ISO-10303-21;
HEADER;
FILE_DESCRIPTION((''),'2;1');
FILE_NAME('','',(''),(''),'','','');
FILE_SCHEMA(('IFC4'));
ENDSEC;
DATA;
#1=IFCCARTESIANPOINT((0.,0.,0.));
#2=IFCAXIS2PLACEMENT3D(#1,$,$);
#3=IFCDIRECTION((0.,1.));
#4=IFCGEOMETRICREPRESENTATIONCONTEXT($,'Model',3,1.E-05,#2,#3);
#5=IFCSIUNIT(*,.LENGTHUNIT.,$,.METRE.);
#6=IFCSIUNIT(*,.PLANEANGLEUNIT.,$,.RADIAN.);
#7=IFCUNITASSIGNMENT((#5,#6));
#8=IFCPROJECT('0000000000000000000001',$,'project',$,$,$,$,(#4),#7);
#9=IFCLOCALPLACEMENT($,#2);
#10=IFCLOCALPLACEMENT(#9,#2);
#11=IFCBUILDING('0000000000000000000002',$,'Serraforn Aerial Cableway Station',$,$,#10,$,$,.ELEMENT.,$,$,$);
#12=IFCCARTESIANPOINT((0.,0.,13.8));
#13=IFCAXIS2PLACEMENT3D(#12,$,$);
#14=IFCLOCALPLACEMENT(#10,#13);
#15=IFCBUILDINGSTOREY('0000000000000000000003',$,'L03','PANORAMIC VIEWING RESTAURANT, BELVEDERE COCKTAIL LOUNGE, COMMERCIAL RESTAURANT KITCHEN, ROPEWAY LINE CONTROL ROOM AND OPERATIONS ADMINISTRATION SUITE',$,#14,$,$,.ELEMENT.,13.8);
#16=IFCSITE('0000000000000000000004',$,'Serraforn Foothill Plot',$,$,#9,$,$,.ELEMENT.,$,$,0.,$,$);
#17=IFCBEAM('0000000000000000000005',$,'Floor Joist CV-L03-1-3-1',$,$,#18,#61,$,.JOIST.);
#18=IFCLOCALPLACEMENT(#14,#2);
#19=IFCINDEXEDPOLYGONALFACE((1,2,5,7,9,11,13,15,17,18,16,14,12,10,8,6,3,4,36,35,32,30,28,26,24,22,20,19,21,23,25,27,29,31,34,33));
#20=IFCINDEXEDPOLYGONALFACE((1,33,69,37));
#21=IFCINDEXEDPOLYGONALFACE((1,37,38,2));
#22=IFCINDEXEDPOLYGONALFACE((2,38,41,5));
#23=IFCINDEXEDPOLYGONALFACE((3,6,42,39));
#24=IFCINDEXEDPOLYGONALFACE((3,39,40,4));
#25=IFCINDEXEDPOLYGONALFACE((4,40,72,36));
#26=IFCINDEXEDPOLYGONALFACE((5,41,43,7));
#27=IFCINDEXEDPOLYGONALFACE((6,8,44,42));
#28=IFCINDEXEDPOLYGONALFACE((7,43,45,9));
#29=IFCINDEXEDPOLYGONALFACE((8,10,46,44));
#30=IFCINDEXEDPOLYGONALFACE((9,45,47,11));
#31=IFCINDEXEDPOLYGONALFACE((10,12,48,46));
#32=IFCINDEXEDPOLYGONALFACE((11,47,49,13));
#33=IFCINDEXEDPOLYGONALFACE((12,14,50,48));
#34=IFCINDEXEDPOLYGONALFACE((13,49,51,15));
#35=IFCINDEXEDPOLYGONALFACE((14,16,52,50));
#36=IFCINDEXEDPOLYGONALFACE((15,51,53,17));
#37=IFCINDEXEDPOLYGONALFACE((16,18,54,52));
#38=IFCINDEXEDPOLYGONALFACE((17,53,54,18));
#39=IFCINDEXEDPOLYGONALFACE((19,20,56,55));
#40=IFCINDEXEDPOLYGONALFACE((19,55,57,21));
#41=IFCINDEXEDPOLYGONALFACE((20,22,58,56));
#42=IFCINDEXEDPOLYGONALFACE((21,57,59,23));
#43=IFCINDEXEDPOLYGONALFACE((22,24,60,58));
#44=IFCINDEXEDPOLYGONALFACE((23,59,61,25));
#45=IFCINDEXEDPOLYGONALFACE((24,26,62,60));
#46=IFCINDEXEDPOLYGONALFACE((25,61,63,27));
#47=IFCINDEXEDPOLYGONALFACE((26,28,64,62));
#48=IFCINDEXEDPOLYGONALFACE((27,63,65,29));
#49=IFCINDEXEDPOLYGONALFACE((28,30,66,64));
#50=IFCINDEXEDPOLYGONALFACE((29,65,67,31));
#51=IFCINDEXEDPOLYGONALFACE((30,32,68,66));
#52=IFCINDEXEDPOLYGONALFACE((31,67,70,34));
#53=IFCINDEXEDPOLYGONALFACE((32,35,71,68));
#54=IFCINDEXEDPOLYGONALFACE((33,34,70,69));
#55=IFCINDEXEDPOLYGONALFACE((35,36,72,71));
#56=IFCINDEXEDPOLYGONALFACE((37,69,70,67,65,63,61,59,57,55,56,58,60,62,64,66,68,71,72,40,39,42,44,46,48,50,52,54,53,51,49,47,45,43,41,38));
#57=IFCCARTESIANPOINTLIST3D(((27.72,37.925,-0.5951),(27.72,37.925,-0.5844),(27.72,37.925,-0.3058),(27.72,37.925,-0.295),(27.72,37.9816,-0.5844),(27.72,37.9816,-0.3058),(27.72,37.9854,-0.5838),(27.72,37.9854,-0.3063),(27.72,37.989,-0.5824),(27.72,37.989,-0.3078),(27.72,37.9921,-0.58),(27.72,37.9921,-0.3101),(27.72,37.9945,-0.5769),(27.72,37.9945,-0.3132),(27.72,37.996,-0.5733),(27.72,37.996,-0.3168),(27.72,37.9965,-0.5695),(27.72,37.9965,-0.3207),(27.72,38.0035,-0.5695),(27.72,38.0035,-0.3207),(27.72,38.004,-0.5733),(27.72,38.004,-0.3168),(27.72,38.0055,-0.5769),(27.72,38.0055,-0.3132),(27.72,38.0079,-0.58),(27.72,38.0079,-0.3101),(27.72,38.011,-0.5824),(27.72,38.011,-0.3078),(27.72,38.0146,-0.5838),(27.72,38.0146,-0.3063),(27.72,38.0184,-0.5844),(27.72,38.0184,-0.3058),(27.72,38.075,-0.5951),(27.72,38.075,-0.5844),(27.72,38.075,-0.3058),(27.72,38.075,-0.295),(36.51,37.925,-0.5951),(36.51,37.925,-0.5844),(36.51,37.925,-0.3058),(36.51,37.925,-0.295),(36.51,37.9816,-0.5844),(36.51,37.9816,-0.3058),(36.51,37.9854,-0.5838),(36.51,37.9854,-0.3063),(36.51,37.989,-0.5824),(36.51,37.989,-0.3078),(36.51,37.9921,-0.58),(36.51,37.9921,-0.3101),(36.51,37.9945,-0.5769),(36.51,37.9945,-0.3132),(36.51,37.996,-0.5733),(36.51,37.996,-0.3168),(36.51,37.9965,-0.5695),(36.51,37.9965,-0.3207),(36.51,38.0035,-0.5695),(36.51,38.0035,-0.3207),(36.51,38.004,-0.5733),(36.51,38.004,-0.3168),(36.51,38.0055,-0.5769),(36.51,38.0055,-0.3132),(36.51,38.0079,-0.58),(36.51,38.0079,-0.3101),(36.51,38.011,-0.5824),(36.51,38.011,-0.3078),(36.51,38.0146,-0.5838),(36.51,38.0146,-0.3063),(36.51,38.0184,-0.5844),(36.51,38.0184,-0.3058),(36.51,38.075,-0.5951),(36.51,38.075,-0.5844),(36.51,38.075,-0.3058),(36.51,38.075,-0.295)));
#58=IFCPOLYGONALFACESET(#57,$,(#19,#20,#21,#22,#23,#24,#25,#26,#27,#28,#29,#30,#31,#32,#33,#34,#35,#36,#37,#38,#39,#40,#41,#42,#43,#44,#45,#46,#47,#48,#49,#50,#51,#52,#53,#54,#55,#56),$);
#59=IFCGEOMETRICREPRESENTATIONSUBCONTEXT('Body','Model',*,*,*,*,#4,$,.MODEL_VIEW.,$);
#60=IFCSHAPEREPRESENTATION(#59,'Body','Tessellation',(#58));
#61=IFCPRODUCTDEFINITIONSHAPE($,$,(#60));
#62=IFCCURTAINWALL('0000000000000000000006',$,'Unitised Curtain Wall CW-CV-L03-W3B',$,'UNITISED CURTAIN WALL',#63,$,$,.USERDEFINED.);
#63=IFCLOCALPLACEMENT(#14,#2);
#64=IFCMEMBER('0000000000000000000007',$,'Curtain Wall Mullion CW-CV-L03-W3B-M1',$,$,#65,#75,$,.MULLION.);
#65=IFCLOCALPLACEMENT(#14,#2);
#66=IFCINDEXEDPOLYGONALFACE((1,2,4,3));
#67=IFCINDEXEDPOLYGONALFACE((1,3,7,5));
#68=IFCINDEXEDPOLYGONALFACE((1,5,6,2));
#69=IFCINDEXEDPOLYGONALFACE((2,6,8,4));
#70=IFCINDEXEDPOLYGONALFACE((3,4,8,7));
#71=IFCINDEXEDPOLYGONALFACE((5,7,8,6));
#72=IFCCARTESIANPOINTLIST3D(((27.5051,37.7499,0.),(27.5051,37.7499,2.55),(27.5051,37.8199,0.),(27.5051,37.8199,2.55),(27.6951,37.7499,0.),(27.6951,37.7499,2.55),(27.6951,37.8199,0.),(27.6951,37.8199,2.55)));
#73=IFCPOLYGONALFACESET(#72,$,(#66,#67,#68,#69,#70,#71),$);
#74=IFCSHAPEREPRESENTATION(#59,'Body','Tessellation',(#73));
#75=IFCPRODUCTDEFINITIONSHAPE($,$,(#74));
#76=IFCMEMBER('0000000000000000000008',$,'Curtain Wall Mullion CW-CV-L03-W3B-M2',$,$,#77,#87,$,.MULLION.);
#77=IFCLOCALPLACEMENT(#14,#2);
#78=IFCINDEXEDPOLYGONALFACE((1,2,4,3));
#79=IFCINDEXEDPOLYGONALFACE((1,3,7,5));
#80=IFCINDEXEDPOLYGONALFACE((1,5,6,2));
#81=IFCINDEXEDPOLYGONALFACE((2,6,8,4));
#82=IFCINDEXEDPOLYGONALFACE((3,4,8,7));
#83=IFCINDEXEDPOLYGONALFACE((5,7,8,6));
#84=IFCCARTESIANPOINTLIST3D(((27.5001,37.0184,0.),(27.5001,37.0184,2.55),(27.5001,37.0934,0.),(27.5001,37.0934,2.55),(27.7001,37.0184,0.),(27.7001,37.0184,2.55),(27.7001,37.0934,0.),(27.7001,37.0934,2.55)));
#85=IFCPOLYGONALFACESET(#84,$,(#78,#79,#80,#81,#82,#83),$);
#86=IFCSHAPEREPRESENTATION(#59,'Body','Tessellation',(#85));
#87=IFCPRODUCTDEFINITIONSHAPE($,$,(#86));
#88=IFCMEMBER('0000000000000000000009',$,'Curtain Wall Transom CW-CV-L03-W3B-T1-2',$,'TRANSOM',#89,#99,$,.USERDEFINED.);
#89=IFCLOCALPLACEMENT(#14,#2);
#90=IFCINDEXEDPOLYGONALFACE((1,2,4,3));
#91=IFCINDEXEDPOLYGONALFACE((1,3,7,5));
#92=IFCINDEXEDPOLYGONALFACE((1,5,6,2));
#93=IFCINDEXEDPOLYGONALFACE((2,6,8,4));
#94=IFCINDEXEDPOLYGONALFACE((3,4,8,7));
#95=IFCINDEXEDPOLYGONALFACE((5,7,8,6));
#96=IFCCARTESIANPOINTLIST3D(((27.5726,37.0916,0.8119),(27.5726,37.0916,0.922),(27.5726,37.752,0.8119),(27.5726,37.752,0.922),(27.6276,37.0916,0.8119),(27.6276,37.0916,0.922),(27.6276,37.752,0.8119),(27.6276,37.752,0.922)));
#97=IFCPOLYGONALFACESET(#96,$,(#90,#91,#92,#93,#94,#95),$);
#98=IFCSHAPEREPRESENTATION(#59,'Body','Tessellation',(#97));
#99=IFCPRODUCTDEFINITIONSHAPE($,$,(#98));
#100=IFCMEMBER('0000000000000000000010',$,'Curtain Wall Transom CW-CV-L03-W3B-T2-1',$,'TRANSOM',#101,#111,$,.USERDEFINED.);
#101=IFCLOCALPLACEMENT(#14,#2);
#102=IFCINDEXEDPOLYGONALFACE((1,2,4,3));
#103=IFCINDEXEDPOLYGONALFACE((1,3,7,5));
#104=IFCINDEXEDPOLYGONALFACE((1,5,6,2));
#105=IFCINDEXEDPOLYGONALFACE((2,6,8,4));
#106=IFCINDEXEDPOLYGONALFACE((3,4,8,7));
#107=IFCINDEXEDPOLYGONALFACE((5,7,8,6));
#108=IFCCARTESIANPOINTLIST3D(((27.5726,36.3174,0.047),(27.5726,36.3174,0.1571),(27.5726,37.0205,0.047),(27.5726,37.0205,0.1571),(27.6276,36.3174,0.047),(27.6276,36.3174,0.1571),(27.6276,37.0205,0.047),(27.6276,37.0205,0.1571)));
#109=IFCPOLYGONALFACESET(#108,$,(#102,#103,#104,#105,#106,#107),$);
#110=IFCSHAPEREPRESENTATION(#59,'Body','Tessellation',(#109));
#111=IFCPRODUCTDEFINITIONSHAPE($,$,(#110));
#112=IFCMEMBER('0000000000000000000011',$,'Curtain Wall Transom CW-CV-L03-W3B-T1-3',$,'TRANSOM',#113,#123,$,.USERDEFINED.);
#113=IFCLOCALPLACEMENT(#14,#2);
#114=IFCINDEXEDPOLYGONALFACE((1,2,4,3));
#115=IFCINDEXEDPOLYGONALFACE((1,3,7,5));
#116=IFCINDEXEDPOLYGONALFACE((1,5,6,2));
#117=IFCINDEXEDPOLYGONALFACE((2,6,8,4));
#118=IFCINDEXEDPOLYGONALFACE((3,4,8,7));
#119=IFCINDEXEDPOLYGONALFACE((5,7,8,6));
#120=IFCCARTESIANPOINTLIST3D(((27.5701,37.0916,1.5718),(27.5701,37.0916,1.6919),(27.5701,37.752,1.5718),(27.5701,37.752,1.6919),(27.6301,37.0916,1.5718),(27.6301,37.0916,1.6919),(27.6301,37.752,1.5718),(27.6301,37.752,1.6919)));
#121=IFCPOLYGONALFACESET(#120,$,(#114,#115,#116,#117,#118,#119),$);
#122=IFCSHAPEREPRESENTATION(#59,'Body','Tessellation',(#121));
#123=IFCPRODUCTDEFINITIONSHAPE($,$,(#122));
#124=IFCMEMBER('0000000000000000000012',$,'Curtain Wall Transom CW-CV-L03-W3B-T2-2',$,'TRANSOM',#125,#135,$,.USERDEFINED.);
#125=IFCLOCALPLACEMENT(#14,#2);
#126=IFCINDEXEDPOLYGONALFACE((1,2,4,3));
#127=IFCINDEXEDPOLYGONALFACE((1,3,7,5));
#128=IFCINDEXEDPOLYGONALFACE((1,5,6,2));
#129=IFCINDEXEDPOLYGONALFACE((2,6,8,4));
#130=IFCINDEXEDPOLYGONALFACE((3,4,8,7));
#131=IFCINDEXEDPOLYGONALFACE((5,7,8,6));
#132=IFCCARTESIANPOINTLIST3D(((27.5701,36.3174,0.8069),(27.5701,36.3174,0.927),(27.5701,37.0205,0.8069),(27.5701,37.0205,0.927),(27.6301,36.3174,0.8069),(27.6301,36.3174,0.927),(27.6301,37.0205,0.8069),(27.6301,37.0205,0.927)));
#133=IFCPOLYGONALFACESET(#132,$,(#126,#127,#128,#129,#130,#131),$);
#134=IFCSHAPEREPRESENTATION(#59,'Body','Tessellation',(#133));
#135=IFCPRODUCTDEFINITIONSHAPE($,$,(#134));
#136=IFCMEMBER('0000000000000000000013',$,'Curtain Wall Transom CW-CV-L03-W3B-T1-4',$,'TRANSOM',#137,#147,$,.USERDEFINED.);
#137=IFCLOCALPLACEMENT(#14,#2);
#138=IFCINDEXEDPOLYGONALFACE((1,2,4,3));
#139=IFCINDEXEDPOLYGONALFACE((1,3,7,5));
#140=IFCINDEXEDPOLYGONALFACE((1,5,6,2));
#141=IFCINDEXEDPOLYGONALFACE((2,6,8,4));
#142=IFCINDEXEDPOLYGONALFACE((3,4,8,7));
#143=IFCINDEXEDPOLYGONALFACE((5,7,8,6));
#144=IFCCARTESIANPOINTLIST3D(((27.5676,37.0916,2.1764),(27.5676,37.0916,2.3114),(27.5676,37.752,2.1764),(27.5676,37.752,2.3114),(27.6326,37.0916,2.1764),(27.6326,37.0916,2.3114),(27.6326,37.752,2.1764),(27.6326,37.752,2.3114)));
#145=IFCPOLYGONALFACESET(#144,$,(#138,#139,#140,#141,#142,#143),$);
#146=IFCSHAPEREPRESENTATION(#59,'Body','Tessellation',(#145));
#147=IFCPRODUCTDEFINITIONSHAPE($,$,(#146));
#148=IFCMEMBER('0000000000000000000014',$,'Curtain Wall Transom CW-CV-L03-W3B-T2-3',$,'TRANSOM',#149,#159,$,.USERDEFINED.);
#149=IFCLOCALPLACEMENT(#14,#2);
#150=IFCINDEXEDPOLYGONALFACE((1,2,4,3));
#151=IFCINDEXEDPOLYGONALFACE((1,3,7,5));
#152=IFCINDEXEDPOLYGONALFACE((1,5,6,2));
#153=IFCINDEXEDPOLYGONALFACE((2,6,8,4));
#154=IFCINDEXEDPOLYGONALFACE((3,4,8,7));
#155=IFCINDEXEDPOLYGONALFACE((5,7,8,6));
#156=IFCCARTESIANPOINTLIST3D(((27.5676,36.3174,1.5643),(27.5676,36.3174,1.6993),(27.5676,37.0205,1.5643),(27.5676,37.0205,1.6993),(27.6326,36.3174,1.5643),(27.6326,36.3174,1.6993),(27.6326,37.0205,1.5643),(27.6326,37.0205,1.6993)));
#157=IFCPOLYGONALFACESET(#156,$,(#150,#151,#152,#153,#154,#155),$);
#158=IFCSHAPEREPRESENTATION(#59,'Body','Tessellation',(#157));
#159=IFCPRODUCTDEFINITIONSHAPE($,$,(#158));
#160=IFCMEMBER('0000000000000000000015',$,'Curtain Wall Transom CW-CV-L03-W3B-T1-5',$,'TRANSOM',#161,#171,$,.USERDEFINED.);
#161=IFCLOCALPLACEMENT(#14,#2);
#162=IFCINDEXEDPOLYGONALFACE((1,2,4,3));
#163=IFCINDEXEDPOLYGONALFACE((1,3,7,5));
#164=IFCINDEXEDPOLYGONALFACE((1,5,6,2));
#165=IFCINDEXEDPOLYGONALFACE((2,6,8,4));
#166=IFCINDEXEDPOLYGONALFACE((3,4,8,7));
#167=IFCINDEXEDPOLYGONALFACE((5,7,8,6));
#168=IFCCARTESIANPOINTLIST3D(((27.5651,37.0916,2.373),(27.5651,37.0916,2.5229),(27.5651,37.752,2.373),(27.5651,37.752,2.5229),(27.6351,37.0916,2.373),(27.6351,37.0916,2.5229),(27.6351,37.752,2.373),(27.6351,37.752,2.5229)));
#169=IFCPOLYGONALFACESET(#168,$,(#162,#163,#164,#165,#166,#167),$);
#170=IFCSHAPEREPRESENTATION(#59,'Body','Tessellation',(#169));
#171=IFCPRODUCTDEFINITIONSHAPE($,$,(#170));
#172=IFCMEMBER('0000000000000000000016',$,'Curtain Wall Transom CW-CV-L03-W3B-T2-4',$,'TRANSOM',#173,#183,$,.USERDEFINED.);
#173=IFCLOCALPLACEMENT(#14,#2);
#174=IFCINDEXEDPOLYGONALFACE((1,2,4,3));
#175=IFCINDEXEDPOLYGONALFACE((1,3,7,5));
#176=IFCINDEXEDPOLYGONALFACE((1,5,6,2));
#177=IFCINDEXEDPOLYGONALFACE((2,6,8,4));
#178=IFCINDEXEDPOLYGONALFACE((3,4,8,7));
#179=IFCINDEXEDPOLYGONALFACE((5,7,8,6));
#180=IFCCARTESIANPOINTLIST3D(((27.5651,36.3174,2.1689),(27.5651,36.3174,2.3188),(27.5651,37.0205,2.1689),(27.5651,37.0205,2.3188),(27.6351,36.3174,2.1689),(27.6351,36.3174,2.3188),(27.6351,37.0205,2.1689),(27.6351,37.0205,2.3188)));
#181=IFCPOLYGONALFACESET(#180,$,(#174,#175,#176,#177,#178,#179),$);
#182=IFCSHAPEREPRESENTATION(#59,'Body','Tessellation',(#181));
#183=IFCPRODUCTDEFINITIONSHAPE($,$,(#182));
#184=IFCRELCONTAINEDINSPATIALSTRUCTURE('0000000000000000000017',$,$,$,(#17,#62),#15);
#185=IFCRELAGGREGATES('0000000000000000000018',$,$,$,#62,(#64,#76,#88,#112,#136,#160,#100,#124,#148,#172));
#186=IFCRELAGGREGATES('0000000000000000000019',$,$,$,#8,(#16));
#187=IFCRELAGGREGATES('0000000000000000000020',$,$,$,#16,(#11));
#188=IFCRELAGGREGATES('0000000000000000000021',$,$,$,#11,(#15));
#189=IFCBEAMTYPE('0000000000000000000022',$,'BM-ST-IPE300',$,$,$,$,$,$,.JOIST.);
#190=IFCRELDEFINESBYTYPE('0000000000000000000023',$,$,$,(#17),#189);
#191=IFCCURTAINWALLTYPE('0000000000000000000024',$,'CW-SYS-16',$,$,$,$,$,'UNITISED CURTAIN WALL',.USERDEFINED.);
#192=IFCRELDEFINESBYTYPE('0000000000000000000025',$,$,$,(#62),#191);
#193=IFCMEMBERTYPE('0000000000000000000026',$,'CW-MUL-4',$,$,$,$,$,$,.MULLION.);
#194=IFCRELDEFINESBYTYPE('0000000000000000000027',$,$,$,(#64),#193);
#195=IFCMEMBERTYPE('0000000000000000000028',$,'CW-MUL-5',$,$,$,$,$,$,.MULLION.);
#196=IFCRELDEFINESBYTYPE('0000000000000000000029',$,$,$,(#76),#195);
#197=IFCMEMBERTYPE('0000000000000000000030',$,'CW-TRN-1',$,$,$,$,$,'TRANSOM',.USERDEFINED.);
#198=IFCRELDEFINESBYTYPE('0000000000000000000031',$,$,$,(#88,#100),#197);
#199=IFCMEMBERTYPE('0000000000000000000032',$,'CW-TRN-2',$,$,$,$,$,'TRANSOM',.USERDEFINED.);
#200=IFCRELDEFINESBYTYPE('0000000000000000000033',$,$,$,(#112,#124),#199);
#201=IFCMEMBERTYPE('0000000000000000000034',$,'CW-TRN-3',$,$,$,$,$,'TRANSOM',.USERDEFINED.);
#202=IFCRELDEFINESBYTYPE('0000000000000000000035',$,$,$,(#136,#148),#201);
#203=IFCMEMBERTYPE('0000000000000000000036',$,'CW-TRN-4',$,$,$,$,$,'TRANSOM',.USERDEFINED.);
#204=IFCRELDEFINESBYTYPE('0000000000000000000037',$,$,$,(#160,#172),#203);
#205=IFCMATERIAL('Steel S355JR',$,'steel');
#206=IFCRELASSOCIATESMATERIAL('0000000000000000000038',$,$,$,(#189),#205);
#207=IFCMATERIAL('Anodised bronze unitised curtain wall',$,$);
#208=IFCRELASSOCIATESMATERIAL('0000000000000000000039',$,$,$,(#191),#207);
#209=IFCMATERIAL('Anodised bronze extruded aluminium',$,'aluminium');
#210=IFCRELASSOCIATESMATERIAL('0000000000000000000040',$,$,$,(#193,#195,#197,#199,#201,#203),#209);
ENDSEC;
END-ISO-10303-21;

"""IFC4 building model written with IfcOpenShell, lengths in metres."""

from ifc_helpers import new_model, si_unit, direction, frame, origin, origin_2d, place, context, subcontext, project, spatial, rectangle, i_section, extrude, material, material_profile, profile_set, type_object, element, aggregate, save


model = new_model("IFC4")

# Units and contexts
model_context = context("Model", 3, precision=1e-05, world=origin(), true_north=direction((0.0, 1.0)))
body_context = subcontext(model_context, "Body", "Model", "MODEL_VIEW")
ifc_project = project(units=[si_unit("LENGTHUNIT", "METRE"), si_unit("PLANEANGLEUNIT", "RADIAN")], contexts=[model_context])

# Site, building, storey
site_placement = place(None, origin())
site = spatial("IfcSite", under=ifc_project, at=site_placement, Name="Serraforn Foothill Plot", CompositionType="ELEMENT", RefElevation=0.0)
building_placement = place(site_placement, origin())
building = spatial("IfcBuilding", under=site, at=building_placement, Name="Serraforn Aerial Cableway Station", CompositionType="ELEMENT")
storey_placement = place(building_placement, frame((0.0, 0.0, 13.8)))
storey = spatial("IfcBuildingStorey", under=building, at=storey_placement, Name="L03", Description="PANORAMIC VIEWING RESTAURANT, BELVEDERE COCKTAIL LOUNGE, COMMERCIAL RESTAURANT KITCHEN, ROPEWAY LINE CONTROL ROOM AND OPERATIONS ADMINISTRATION SUITE", CompositionType="ELEMENT", Elevation=13.8)

# Beam
ifc_material_1 = material(Name="Steel S355JR", Category="steel")
ifc_material_profile_1 = material_profile(ifc_material_1, i_section(OverallWidth=0.1499, OverallDepth=0.3, WebThickness=0.0071, FlangeThickness=0.0107, FilletRadius=0.0149, at=origin_2d()), Name="IPE 300")
ifc_profile_set_1 = profile_set([ifc_material_profile_1], Name="Steel S355JR")
beam_type = type_object("IfcBeamType", Name="BM-ST-IPE300", PredefinedType="JOIST", material=ifc_profile_set_1)
beam_placement = place(storey_placement, frame((27.72, 38.0, -0.4451), z_axis=(1.0, 0.0, 0.0), x_axis=(0.0, 1.0, 0.0)))
element("IfcBeam", 1, at=beam_placement, inside=storey, type_object=beam_type, Name="Floor Joist CV-L03-1-3-1", PredefinedType="JOIST", context=body_context, shape_type="SweptSolid", body=[
    extrude(i_section(OverallWidth=0.1499, OverallDepth=0.3, WebThickness=0.0071, FlangeThickness=0.0107, FilletRadius=0.0149, at=origin_2d()), origin(), (0.0, 0.0, 1.0), 8.79),
])

# Curtain wall, members
ifc_material_2 = material(Name="Anodised bronze unitised curtain wall")
curtain_wall_type_1 = type_object("IfcCurtainWallType", Name="CW-SYS-16", ElementType="UNITISED CURTAIN WALL", PredefinedType="USERDEFINED", material=ifc_material_2)
curtain_wall_1_placement = place(storey_placement, origin())
curtain_wall_1 = element("IfcCurtainWall", 2, at=curtain_wall_1_placement, inside=storey, type_object=curtain_wall_type_1, Name="Unitised Curtain Wall CW-CV-L03-W3B", ObjectType="UNITISED CURTAIN WALL", PredefinedType="USERDEFINED")
ifc_material_3 = material(Name="Anodised bronze extruded aluminium", Category="aluminium")
ifc_material_profile_2 = material_profile(ifc_material_3, rectangle(XDim=0.0701, YDim=0.1899, at=origin_2d()), Name="CW MULLION 70x190")
ifc_profile_set_2 = profile_set([ifc_material_profile_2], Name="Anodised bronze extruded aluminium")
member_type_1 = type_object("IfcMemberType", Name="CW-MUL-4", PredefinedType="MULLION", material=ifc_profile_set_2)
member_1_placement = place(storey_placement, frame((27.6001, 37.7849, 0.0), z_axis=(0.0, 0.0, 1.0), x_axis=(0.0, -1.0, 0.0)))
member_1 = element("IfcMember", 3, at=member_1_placement, type_object=member_type_1, Name="Curtain Wall Mullion CW-CV-L03-W3B-M1", PredefinedType="MULLION", context=body_context, shape_type="SweptSolid", body=[
    extrude(rectangle(XDim=0.0701, YDim=0.1899, at=origin_2d()), origin(), (0.0, 0.0, 1.0), 2.55),
])
ifc_material_profile_3 = material_profile(ifc_material_3, rectangle(XDim=0.075, YDim=0.2, at=origin_2d()), Name="CW MULLION 75x200")
ifc_profile_set_3 = profile_set([ifc_material_profile_3], Name="Anodised bronze extruded aluminium")
member_type_2 = type_object("IfcMemberType", Name="CW-MUL-5", PredefinedType="MULLION", material=ifc_profile_set_3)
member_2_placement = place(storey_placement, frame((27.6001, 37.0559, 0.0), z_axis=(0.0, 0.0, 1.0), x_axis=(0.0, -1.0, 0.0)))
member_2 = element("IfcMember", 4, at=member_2_placement, type_object=member_type_2, Name="Curtain Wall Mullion CW-CV-L03-W3B-M2", PredefinedType="MULLION", context=body_context, shape_type="SweptSolid", body=[
    extrude(rectangle(XDim=0.075, YDim=0.2, at=origin_2d()), origin(), (0.0, 0.0, 1.0), 2.55),
])
ifc_material_profile_4 = material_profile(ifc_material_3, rectangle(XDim=0.0549, YDim=0.1101, at=origin_2d()), Name="CW TRANSOM 55x110")
ifc_profile_set_4 = profile_set([ifc_material_profile_4], Name="Anodised bronze extruded aluminium")
member_type_3 = type_object("IfcMemberType", Name="CW-TRN-1", ElementType="TRANSOM", PredefinedType="USERDEFINED", material=ifc_profile_set_4)
member_3_placement = place(storey_placement, frame((27.6001, 37.752, 0.8669), z_axis=(0.0, -1.0, 0.0), x_axis=(1.0, 0.0, 0.0)))
member_3 = element("IfcMember", 5, at=member_3_placement, type_object=member_type_3, Name="Curtain Wall Transom CW-CV-L03-W3B-T1-2", ObjectType="TRANSOM", PredefinedType="USERDEFINED", context=body_context, shape_type="SweptSolid", body=[
    extrude(rectangle(XDim=0.0549, YDim=0.1101, at=origin_2d()), origin(), (0.0, 0.0, 1.0), 0.6604),
])
member_4_placement = place(storey_placement, frame((27.6001, 37.0205, 0.1021), z_axis=(0.0, -1.0, 0.0), x_axis=(1.0, 0.0, 0.0)))
member_4 = element("IfcMember", 6, at=member_4_placement, type_object=member_type_3, Name="Curtain Wall Transom CW-CV-L03-W3B-T2-1", ObjectType="TRANSOM", PredefinedType="USERDEFINED", context=body_context, shape_type="SweptSolid", body=[
    extrude(rectangle(XDim=0.0549, YDim=0.1101, at=origin_2d()), origin(), (0.0, 0.0, 1.0), 0.7031),
])
ifc_material_profile_5 = material_profile(ifc_material_3, rectangle(XDim=0.0601, YDim=0.1201, at=origin_2d()), Name="CW TRANSOM 60x120")
ifc_profile_set_5 = profile_set([ifc_material_profile_5], Name="Anodised bronze extruded aluminium")
member_type_4 = type_object("IfcMemberType", Name="CW-TRN-2", ElementType="TRANSOM", PredefinedType="USERDEFINED", material=ifc_profile_set_5)
member_5_placement = place(storey_placement, frame((27.6001, 37.752, 1.6318), z_axis=(0.0, -1.0, 0.0), x_axis=(1.0, 0.0, 0.0)))
member_5 = element("IfcMember", 7, at=member_5_placement, type_object=member_type_4, Name="Curtain Wall Transom CW-CV-L03-W3B-T1-3", ObjectType="TRANSOM", PredefinedType="USERDEFINED", context=body_context, shape_type="SweptSolid", body=[
    extrude(rectangle(XDim=0.0601, YDim=0.1201, at=origin_2d()), origin(), (0.0, 0.0, 1.0), 0.6604),
])
member_6_placement = place(storey_placement, frame((27.6001, 37.0205, 0.8669), z_axis=(0.0, -1.0, 0.0), x_axis=(1.0, 0.0, 0.0)))
member_6 = element("IfcMember", 8, at=member_6_placement, type_object=member_type_4, Name="Curtain Wall Transom CW-CV-L03-W3B-T2-2", ObjectType="TRANSOM", PredefinedType="USERDEFINED", context=body_context, shape_type="SweptSolid", body=[
    extrude(rectangle(XDim=0.0601, YDim=0.1201, at=origin_2d()), origin(), (0.0, 0.0, 1.0), 0.7031),
])
ifc_material_profile_6 = material_profile(ifc_material_3, rectangle(XDim=0.0649, YDim=0.135, at=origin_2d()), Name="CW TRANSOM 65x135")
ifc_profile_set_6 = profile_set([ifc_material_profile_6], Name="Anodised bronze extruded aluminium")
member_type_5 = type_object("IfcMemberType", Name="CW-TRN-3", ElementType="TRANSOM", PredefinedType="USERDEFINED", material=ifc_profile_set_6)
member_7_placement = place(storey_placement, frame((27.6001, 37.752, 2.2439), z_axis=(0.0, -1.0, 0.0), x_axis=(1.0, 0.0, 0.0)))
member_7 = element("IfcMember", 9, at=member_7_placement, type_object=member_type_5, Name="Curtain Wall Transom CW-CV-L03-W3B-T1-4", ObjectType="TRANSOM", PredefinedType="USERDEFINED", context=body_context, shape_type="SweptSolid", body=[
    extrude(rectangle(XDim=0.0649, YDim=0.135, at=origin_2d()), origin(), (0.0, 0.0, 1.0), 0.6604),
])
member_8_placement = place(storey_placement, frame((27.6001, 37.0205, 1.6318), z_axis=(0.0, -1.0, 0.0), x_axis=(1.0, 0.0, 0.0)))
member_8 = element("IfcMember", 10, at=member_8_placement, type_object=member_type_5, Name="Curtain Wall Transom CW-CV-L03-W3B-T2-3", ObjectType="TRANSOM", PredefinedType="USERDEFINED", context=body_context, shape_type="SweptSolid", body=[
    extrude(rectangle(XDim=0.0649, YDim=0.135, at=origin_2d()), origin(), (0.0, 0.0, 1.0), 0.7031),
])
ifc_material_profile_7 = material_profile(ifc_material_3, rectangle(XDim=0.0701, YDim=0.1499, at=origin_2d()), Name="CW TRANSOM 70x150")
ifc_profile_set_7 = profile_set([ifc_material_profile_7], Name="Anodised bronze extruded aluminium")
member_type_6 = type_object("IfcMemberType", Name="CW-TRN-4", ElementType="TRANSOM", PredefinedType="USERDEFINED", material=ifc_profile_set_7)
member_9_placement = place(storey_placement, frame((27.6001, 37.752, 2.448), z_axis=(0.0, -1.0, 0.0), x_axis=(1.0, 0.0, 0.0)))
member_9 = element("IfcMember", 11, at=member_9_placement, type_object=member_type_6, Name="Curtain Wall Transom CW-CV-L03-W3B-T1-5", ObjectType="TRANSOM", PredefinedType="USERDEFINED", context=body_context, shape_type="SweptSolid", body=[
    extrude(rectangle(XDim=0.0701, YDim=0.1499, at=origin_2d()), origin(), (0.0, 0.0, 1.0), 0.6604),
])
member_10_placement = place(storey_placement, frame((27.6001, 37.0205, 2.2439), z_axis=(0.0, -1.0, 0.0), x_axis=(1.0, 0.0, 0.0)))
member_10 = element("IfcMember", 12, at=member_10_placement, type_object=member_type_6, Name="Curtain Wall Transom CW-CV-L03-W3B-T2-4", ObjectType="TRANSOM", PredefinedType="USERDEFINED", context=body_context, shape_type="SweptSolid", body=[
    extrude(rectangle(XDim=0.0701, YDim=0.1499, at=origin_2d()), origin(), (0.0, 0.0, 1.0), 0.7031),
])

aggregate(curtain_wall_1, [member_1, member_2, member_3, member_5, member_7, member_9, member_4, member_6, member_8, member_10])

save(model, "model.ifc")
